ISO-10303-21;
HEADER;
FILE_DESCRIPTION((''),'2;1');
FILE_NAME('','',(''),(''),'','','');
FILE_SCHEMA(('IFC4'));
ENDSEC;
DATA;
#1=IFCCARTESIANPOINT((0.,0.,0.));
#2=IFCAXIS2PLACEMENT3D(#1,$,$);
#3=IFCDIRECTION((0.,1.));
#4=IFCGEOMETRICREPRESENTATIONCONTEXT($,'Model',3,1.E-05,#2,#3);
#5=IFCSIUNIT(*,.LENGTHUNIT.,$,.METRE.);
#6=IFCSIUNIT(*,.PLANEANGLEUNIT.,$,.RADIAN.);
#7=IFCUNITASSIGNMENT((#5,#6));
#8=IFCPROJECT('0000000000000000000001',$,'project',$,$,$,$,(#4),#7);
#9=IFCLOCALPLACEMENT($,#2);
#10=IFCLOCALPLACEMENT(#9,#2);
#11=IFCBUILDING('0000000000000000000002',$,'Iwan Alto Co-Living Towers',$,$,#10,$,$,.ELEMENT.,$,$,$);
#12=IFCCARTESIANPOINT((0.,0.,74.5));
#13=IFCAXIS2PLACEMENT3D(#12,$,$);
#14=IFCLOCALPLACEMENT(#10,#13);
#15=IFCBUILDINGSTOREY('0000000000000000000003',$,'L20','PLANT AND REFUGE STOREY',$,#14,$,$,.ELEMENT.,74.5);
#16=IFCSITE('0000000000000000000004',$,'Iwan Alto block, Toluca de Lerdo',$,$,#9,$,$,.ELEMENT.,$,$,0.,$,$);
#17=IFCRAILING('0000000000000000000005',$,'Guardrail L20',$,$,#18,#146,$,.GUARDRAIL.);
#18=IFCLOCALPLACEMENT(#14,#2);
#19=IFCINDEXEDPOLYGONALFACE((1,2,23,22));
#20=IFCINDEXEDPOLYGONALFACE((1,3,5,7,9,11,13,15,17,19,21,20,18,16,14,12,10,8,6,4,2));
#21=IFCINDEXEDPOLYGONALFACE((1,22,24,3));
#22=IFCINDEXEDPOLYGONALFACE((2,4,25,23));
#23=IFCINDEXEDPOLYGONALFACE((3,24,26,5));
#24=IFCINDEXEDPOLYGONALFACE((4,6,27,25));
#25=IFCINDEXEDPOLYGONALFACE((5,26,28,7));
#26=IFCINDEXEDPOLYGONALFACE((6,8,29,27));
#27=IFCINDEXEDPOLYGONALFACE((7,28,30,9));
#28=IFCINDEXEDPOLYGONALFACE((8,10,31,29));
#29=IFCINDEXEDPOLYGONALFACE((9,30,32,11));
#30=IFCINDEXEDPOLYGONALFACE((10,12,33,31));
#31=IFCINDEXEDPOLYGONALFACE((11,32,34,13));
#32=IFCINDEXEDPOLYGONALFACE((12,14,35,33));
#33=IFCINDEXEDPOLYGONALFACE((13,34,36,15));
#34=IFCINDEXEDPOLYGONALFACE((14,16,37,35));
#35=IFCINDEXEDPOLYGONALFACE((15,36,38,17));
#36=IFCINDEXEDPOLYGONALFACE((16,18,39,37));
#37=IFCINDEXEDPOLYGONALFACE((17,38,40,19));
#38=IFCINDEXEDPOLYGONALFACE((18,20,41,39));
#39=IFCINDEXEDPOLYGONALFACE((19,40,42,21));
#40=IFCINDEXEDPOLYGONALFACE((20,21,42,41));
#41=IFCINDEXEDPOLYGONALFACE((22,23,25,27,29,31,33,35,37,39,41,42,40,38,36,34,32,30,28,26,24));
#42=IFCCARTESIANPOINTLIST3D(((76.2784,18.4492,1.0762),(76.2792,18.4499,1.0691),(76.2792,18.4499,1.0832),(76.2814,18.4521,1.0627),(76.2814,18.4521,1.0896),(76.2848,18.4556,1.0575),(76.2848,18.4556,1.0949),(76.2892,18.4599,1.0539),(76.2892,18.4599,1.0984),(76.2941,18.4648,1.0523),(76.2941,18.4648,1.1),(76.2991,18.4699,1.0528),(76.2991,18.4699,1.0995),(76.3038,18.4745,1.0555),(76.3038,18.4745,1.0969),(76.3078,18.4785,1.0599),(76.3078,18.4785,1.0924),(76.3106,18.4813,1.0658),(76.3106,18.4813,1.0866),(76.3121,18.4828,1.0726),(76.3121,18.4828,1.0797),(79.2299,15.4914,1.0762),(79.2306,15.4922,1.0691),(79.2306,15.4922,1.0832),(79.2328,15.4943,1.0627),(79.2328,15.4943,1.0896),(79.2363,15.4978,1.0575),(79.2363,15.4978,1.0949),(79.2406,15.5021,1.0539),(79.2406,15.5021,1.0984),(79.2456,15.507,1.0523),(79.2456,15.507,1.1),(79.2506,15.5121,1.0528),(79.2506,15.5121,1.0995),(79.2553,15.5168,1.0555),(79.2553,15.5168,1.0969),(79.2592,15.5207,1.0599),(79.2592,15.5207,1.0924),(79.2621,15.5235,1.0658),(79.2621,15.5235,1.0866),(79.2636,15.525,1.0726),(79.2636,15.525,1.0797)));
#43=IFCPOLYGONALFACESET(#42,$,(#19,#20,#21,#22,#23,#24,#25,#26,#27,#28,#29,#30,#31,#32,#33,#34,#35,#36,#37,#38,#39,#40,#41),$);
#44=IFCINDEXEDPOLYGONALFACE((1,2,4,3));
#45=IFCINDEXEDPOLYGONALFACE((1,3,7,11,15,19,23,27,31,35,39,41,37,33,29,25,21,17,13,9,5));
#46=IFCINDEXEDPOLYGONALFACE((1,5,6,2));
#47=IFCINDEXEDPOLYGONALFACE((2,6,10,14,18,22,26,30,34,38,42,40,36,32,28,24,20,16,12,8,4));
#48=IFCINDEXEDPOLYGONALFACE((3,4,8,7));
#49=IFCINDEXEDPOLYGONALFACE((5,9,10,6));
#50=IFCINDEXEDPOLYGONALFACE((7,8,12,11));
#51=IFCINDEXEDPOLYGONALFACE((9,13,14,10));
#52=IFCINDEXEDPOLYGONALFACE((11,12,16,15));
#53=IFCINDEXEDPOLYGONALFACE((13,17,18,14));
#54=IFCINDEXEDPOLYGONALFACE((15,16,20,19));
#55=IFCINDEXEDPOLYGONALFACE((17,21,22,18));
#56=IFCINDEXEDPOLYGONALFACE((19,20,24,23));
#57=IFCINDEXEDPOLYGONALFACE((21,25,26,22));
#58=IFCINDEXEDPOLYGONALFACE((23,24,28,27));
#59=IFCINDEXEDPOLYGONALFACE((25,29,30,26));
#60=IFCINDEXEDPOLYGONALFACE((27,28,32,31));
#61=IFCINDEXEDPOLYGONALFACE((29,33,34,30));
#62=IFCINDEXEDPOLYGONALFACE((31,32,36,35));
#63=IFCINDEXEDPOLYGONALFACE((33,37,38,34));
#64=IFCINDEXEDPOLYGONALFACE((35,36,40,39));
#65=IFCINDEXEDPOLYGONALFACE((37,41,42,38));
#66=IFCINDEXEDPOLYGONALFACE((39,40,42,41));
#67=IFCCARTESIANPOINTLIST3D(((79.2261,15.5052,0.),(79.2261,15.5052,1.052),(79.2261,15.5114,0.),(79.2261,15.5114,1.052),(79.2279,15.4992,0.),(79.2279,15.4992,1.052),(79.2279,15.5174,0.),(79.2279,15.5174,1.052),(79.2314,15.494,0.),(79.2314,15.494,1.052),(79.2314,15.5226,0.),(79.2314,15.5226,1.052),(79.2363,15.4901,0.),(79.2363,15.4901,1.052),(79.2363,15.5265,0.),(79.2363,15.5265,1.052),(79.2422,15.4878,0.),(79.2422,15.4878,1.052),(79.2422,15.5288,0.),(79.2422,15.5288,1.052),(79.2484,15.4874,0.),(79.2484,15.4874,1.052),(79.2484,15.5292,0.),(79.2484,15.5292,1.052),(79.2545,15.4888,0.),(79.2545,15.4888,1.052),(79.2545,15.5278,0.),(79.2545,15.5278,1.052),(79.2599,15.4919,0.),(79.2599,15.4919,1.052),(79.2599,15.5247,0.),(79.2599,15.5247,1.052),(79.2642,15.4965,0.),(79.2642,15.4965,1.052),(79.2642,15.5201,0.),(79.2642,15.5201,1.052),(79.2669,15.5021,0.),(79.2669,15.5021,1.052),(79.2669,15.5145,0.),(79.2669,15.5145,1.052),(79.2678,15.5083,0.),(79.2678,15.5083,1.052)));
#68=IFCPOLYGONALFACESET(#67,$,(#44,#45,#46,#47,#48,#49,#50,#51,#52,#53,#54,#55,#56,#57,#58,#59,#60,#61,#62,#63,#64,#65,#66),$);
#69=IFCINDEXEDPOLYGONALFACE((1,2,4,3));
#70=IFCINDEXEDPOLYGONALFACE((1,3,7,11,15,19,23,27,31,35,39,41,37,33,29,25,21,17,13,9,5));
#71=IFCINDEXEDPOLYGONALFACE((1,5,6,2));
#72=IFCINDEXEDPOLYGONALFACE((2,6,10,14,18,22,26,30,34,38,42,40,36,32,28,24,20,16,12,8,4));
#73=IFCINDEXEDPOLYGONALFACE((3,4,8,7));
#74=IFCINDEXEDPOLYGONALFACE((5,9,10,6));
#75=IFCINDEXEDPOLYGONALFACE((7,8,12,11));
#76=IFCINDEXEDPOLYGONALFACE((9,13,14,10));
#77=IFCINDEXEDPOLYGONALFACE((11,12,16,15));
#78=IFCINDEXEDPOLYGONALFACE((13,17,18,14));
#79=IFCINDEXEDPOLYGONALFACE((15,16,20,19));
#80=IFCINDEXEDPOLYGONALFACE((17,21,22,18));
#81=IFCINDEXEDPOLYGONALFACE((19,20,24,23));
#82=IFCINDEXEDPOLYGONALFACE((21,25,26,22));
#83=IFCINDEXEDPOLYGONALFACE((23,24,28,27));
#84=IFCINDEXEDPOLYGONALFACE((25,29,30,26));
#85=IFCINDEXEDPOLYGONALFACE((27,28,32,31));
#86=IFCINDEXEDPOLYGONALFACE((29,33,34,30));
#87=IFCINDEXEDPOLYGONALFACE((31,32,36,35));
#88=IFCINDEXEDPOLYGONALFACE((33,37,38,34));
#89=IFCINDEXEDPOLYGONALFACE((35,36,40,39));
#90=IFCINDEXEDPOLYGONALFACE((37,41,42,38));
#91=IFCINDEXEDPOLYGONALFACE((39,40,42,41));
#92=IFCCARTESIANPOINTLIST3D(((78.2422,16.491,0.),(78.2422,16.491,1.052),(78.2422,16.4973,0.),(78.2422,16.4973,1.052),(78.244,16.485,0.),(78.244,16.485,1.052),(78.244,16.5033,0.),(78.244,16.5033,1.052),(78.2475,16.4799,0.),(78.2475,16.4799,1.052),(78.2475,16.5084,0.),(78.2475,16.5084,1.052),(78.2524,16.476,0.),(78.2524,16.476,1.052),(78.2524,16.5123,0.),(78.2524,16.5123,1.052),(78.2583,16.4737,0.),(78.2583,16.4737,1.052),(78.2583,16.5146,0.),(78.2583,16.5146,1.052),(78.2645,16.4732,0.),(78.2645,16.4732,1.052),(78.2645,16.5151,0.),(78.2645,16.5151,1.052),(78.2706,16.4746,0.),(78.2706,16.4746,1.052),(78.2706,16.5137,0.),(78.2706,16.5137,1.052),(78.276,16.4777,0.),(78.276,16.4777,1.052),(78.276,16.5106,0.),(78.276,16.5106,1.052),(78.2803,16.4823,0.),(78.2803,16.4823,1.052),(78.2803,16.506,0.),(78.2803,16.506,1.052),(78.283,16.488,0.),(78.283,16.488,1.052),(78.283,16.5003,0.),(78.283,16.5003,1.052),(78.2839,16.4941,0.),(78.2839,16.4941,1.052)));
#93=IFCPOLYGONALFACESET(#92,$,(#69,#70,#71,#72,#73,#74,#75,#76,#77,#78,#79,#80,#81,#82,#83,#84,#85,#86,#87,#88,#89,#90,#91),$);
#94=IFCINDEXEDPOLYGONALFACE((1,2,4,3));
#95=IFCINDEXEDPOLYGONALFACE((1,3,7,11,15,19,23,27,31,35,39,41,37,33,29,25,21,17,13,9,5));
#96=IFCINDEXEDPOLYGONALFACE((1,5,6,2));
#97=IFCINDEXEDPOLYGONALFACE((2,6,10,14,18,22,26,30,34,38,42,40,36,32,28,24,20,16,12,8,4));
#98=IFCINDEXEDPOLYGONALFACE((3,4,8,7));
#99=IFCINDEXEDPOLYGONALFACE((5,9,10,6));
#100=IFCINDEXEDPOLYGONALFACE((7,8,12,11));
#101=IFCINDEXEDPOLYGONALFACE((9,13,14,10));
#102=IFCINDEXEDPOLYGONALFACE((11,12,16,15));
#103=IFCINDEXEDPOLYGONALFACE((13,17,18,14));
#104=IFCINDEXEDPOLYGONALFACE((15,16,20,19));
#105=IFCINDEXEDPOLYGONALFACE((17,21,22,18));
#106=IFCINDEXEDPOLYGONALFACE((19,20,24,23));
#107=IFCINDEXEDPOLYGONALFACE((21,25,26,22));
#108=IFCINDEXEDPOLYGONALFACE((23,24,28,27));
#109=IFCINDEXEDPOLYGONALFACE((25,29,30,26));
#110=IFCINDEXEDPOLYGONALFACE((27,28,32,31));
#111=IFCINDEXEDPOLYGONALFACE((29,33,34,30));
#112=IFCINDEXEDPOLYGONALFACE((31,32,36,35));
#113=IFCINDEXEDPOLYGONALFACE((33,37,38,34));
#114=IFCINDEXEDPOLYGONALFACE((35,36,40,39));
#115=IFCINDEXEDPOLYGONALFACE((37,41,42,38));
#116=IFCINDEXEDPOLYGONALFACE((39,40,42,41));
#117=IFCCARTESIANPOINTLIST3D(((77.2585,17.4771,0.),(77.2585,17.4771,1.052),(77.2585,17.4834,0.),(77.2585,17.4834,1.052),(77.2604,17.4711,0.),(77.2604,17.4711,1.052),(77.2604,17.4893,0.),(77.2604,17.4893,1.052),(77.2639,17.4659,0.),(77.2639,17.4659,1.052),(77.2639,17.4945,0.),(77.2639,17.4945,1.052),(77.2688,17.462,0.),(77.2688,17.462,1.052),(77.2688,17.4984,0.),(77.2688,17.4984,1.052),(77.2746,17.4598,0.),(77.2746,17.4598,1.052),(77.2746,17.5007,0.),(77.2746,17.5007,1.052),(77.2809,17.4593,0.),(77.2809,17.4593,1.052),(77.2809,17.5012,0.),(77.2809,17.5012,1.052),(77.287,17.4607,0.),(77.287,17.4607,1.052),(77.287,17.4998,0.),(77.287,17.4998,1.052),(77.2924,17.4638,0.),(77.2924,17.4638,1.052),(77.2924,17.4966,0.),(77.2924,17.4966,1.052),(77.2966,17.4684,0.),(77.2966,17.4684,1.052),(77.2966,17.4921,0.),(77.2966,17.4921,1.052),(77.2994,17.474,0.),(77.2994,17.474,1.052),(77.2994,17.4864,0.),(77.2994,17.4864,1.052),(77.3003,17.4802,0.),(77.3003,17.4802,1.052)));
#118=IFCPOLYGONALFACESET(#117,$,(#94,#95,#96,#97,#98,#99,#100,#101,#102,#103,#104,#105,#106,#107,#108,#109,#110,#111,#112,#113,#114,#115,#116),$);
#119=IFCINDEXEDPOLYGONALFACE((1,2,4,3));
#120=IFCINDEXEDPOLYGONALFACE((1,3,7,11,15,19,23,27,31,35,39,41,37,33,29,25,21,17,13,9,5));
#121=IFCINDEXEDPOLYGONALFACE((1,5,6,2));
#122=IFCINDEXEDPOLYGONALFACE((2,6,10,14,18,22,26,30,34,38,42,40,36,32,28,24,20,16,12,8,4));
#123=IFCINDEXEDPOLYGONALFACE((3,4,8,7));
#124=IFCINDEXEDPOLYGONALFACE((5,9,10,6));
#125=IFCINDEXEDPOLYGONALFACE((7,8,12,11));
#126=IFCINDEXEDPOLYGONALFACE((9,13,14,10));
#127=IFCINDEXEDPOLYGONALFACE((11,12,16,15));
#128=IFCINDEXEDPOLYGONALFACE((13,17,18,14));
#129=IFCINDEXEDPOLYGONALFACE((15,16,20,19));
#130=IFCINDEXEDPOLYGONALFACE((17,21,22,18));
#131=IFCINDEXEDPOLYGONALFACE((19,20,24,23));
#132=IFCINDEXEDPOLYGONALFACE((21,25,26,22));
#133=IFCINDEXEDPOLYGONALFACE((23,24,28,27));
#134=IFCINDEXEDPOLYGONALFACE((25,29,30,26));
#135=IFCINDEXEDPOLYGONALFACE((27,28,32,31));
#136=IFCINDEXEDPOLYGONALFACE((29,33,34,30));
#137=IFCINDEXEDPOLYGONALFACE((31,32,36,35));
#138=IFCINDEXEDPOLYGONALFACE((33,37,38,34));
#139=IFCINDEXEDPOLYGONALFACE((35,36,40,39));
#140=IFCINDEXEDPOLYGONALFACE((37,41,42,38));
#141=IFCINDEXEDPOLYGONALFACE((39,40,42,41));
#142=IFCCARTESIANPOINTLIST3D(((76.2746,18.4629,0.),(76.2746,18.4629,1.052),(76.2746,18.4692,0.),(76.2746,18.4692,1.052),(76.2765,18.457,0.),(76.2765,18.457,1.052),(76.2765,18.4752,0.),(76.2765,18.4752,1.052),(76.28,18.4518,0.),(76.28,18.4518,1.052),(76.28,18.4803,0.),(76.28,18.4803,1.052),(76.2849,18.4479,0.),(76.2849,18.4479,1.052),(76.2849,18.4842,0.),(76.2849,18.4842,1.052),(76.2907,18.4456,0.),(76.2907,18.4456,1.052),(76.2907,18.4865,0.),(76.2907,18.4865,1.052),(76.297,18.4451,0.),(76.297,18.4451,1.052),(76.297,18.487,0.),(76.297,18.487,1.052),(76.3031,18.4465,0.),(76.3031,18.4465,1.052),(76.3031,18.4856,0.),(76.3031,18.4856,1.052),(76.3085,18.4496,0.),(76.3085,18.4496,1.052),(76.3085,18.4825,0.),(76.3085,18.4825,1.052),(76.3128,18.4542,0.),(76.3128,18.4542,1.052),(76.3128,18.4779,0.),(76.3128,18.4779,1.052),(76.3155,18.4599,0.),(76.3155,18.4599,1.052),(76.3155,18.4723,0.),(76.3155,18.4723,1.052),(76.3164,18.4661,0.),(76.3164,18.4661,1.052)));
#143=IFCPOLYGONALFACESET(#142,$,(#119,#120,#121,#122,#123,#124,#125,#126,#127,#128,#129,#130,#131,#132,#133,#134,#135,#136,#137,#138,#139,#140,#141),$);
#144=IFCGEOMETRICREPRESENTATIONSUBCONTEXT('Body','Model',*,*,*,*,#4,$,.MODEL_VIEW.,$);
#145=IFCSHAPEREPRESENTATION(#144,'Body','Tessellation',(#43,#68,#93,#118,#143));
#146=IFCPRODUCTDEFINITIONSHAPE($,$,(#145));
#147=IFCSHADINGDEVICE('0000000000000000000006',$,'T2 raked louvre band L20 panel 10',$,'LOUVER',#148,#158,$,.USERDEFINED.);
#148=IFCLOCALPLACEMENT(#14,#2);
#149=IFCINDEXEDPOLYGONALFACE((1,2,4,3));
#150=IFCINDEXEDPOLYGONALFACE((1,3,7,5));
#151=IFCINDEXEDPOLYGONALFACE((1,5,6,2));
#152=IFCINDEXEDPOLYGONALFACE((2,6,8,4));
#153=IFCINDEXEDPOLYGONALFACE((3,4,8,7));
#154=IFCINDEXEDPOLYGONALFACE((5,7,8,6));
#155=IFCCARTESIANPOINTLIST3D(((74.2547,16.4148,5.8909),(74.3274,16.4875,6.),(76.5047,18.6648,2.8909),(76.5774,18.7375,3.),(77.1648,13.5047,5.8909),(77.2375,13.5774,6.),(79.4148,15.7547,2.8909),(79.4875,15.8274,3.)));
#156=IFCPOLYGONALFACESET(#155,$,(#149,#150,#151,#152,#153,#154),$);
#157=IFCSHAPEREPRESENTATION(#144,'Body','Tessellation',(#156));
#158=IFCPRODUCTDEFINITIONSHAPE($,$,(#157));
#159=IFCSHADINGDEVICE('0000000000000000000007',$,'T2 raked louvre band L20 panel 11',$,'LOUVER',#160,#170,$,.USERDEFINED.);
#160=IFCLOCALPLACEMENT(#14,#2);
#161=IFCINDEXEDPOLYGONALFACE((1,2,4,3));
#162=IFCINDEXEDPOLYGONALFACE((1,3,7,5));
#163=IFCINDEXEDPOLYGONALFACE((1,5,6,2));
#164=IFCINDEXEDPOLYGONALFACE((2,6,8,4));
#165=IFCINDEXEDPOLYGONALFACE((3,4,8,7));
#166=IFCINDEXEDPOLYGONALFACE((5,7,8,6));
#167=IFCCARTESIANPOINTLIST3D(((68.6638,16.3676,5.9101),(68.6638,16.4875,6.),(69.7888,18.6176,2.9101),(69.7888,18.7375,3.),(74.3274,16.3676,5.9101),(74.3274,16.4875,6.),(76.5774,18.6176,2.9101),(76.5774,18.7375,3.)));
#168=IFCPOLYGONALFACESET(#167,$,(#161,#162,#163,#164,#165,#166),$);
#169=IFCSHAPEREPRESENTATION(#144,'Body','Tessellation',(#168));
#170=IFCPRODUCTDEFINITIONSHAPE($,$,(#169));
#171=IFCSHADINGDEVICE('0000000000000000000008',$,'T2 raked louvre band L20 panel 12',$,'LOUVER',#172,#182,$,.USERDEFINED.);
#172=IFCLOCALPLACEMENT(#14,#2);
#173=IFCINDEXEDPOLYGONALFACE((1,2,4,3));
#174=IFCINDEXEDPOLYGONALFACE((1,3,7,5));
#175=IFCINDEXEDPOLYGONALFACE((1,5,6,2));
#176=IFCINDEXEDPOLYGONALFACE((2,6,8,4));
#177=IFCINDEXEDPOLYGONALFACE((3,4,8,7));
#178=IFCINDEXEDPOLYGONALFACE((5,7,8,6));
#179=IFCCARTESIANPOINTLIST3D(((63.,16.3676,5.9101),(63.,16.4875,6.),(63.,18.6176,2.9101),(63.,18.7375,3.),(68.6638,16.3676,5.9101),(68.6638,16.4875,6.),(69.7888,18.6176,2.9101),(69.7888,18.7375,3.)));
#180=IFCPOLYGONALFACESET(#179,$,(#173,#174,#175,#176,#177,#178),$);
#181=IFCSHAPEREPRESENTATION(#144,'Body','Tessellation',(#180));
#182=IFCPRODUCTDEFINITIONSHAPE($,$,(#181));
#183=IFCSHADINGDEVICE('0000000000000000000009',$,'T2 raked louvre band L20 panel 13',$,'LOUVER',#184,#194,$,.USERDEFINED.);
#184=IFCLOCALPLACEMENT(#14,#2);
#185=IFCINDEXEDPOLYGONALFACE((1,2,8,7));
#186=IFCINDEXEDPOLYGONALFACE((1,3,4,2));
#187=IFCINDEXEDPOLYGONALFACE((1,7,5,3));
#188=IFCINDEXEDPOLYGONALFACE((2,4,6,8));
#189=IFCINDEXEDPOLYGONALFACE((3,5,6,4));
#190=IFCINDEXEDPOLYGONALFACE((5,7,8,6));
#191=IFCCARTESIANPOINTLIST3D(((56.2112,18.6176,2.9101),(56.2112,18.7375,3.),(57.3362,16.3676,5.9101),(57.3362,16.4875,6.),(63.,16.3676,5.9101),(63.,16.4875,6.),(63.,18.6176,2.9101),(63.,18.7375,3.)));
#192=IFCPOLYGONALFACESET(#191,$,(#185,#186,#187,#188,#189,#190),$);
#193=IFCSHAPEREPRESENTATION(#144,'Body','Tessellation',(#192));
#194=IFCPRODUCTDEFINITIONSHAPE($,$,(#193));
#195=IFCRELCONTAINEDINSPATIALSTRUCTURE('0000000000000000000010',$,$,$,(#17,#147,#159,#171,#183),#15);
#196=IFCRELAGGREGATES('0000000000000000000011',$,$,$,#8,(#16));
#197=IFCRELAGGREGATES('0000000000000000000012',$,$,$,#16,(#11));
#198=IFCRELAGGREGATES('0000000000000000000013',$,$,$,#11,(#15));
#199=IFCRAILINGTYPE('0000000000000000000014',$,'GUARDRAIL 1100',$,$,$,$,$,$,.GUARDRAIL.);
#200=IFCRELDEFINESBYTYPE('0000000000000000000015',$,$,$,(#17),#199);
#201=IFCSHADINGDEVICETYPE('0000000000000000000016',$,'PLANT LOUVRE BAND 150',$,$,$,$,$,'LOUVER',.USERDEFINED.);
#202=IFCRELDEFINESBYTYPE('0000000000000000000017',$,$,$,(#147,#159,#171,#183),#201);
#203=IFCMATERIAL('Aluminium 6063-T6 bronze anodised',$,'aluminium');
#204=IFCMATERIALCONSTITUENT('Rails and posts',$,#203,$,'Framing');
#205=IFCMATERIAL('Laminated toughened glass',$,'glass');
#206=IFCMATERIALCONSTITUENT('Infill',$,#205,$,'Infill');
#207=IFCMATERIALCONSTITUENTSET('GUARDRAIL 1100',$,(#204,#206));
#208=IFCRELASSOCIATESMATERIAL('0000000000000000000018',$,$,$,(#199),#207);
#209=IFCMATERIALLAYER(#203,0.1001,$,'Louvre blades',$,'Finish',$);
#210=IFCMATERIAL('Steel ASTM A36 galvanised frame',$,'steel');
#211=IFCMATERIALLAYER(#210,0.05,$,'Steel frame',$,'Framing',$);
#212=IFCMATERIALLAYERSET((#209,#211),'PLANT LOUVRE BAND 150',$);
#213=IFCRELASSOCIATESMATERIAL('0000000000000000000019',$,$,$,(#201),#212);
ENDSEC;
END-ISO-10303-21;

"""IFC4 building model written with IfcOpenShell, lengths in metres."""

from ifc_helpers import new_model, si_unit, direction, frame, origin, origin_2d, place, context, subcontext, project, spatial, polyline, circle, outline, extrude, material, layer, layer_set, constituent, constituent_set, type_object, element, save


model = new_model("IFC4")

# Units and contexts
model_context = context("Model", 3, precision=1e-05, world=origin(), true_north=direction((0.0, 1.0)))
body_context = subcontext(model_context, "Body", "Model", "MODEL_VIEW")
ifc_project = project(units=[si_unit("LENGTHUNIT", "METRE"), si_unit("PLANEANGLEUNIT", "RADIAN")], contexts=[model_context])

# Site, building, storey
site_placement = place(None, origin())
site = spatial("IfcSite", under=ifc_project, at=site_placement, Name="Iwan Alto block, Toluca de Lerdo", CompositionType="ELEMENT", RefElevation=0.0)
building_placement = place(site_placement, origin())
building = spatial("IfcBuilding", under=site, at=building_placement, Name="Iwan Alto Co-Living Towers", CompositionType="ELEMENT")
storey_placement = place(building_placement, frame((0.0, 0.0, 74.5)))
storey = spatial("IfcBuildingStorey", under=building, at=storey_placement, Name="L20", Description="PLANT AND REFUGE STOREY", CompositionType="ELEMENT", Elevation=74.5)

# Shared definitions
ifc_material_1 = material(Name="Aluminium 6063-T6 bronze anodised", Category="aluminium")

# Railing
ifc_constituent_1 = constituent(ifc_material_1, Name="Rails and posts", Category="Framing")
ifc_material_2 = material(Name="Laminated toughened glass", Category="glass")
ifc_constituent_2 = constituent(ifc_material_2, Name="Infill", Category="Infill")
ifc_constituent_set = constituent_set(constituents=[ifc_constituent_1, ifc_constituent_2], Name="GUARDRAIL 1100")
railing_type = type_object("IfcRailingType", Name="GUARDRAIL 1100", PredefinedType="GUARDRAIL", material=ifc_constituent_set)
railing_placement = place(storey_placement, frame((79.2468, 15.5083, 0.0)))
element("IfcRailing", 1, at=railing_placement, inside=storey, type_object=railing_type, Name="Guardrail L20", PredefinedType="GUARDRAIL", context=body_context, shape_type="SweptSolid", body=[
    extrude(circle(Radius=0.0239, at=origin_2d()), frame((0.0, 0.0, 1.0762), z_axis=(-0.706347, 0.707866, 0.0), x_axis=(-0.707866, -0.706347, 0.0)), (0.0, 0.0, 1.0), 4.1785),
    extrude(circle(Radius=0.021, at=origin_2d()), origin(), (0.0, 0.0, 1.0), 1.052),
    extrude(circle(Radius=0.021, at=origin_2d()), frame((-0.9839, 0.9858, 0.0)), (0.0, 0.0, 1.0), 1.052),
    extrude(circle(Radius=0.021, at=origin_2d()), frame((-1.9675, 1.9719, 0.0)), (0.0, 0.0, 1.0), 1.052),
    extrude(circle(Radius=0.021, at=origin_2d()), frame((-2.9514, 2.9578, 0.0)), (0.0, 0.0, 1.0), 1.052),
])

# Shading devices
ifc_layer_1 = layer(ifc_material_1, 0.1001, Name="Louvre blades", Category="Finish")
ifc_material_3 = material(Name="Steel ASTM A36 galvanised frame", Category="steel")
ifc_layer_2 = layer(ifc_material_3, 0.05, Name="Steel frame", Category="Framing")
ifc_layer_set_1 = layer_set([ifc_layer_1, ifc_layer_2], Name="PLANT LOUVRE BAND 150")
shading_device_type_1 = type_object("IfcShadingDeviceType", Name="PLANT LOUVRE BAND 150", ElementType="LOUVER", PredefinedType="USERDEFINED", material=ifc_layer_set_1)
shading_device_1_placement = place(storey_placement, frame((79.4875, 15.8274, 3.0), z_axis=(0.485071, 0.485071, 0.727607), x_axis=(-0.707107, 0.707107, 0.0)))
element("IfcShadingDevice", 2, at=shading_device_1_placement, inside=storey, type_object=shading_device_type_1, Name="T2 raked louvre band L20 panel 10", ObjectType="LOUVER", PredefinedType="USERDEFINED", context=body_context, shape_type="SweptSolid", body=[
    extrude(outline(polyline([(0.0, 0.0), (4.1156, 0.0), (4.1156, 4.3732), (0.0, 4.3732), (0.0, 0.0)])), origin(), (0.0, 0.0, -1.0), 0.1499),
])
shading_device_2_placement = place(storey_placement, frame((76.5774, 18.7375, 3.0), z_axis=(0.0, 0.8, 0.6), x_axis=(-1.0, 0.0, 0.0)))
element("IfcShadingDevice", 3, at=shading_device_2_placement, inside=storey, type_object=shading_device_type_1, Name="T2 raked louvre band L20 panel 11", ObjectType="LOUVER", PredefinedType="USERDEFINED", context=body_context, shape_type="SweptSolid", body=[
    extrude(outline(polyline([(0.0, 0.0), (6.7886, 0.0), (7.9136, 3.75), (2.25, 3.75), (0.0, 0.0)])), origin(), (0.0, 0.0, -1.0), 0.1499),
])
shading_device_3_placement = place(storey_placement, frame((69.7888, 18.7375, 3.0), z_axis=(0.0, 0.8, 0.6), x_axis=(-1.0, 0.0, 0.0)))
element("IfcShadingDevice", 4, at=shading_device_3_placement, inside=storey, type_object=shading_device_type_1, Name="T2 raked louvre band L20 panel 12", ObjectType="LOUVER", PredefinedType="USERDEFINED", context=body_context, shape_type="SweptSolid", body=[
    extrude(outline(polyline([(0.0, 0.0), (6.7888, 0.0), (6.7888, 3.75), (1.125, 3.75), (0.0, 0.0)])), origin(), (0.0, 0.0, -1.0), 0.1499),
])
shading_device_4_placement = place(storey_placement, frame((63.0, 18.7375, 3.0), z_axis=(0.0, 0.8, 0.6), x_axis=(-1.0, 0.0, 0.0)))
element("IfcShadingDevice", 5, at=shading_device_4_placement, inside=storey, type_object=shading_device_type_1, Name="T2 raked louvre band L20 panel 13", ObjectType="LOUVER", PredefinedType="USERDEFINED", context=body_context, shape_type="SweptSolid", body=[
    extrude(outline(polyline([(0.0, 0.0), (6.7888, 0.0), (5.6638, 3.75), (0.0, 3.75), (0.0, 0.0)])), origin(), (0.0, 0.0, -1.0), 0.1499),
])

save(model, "model.ifc")
